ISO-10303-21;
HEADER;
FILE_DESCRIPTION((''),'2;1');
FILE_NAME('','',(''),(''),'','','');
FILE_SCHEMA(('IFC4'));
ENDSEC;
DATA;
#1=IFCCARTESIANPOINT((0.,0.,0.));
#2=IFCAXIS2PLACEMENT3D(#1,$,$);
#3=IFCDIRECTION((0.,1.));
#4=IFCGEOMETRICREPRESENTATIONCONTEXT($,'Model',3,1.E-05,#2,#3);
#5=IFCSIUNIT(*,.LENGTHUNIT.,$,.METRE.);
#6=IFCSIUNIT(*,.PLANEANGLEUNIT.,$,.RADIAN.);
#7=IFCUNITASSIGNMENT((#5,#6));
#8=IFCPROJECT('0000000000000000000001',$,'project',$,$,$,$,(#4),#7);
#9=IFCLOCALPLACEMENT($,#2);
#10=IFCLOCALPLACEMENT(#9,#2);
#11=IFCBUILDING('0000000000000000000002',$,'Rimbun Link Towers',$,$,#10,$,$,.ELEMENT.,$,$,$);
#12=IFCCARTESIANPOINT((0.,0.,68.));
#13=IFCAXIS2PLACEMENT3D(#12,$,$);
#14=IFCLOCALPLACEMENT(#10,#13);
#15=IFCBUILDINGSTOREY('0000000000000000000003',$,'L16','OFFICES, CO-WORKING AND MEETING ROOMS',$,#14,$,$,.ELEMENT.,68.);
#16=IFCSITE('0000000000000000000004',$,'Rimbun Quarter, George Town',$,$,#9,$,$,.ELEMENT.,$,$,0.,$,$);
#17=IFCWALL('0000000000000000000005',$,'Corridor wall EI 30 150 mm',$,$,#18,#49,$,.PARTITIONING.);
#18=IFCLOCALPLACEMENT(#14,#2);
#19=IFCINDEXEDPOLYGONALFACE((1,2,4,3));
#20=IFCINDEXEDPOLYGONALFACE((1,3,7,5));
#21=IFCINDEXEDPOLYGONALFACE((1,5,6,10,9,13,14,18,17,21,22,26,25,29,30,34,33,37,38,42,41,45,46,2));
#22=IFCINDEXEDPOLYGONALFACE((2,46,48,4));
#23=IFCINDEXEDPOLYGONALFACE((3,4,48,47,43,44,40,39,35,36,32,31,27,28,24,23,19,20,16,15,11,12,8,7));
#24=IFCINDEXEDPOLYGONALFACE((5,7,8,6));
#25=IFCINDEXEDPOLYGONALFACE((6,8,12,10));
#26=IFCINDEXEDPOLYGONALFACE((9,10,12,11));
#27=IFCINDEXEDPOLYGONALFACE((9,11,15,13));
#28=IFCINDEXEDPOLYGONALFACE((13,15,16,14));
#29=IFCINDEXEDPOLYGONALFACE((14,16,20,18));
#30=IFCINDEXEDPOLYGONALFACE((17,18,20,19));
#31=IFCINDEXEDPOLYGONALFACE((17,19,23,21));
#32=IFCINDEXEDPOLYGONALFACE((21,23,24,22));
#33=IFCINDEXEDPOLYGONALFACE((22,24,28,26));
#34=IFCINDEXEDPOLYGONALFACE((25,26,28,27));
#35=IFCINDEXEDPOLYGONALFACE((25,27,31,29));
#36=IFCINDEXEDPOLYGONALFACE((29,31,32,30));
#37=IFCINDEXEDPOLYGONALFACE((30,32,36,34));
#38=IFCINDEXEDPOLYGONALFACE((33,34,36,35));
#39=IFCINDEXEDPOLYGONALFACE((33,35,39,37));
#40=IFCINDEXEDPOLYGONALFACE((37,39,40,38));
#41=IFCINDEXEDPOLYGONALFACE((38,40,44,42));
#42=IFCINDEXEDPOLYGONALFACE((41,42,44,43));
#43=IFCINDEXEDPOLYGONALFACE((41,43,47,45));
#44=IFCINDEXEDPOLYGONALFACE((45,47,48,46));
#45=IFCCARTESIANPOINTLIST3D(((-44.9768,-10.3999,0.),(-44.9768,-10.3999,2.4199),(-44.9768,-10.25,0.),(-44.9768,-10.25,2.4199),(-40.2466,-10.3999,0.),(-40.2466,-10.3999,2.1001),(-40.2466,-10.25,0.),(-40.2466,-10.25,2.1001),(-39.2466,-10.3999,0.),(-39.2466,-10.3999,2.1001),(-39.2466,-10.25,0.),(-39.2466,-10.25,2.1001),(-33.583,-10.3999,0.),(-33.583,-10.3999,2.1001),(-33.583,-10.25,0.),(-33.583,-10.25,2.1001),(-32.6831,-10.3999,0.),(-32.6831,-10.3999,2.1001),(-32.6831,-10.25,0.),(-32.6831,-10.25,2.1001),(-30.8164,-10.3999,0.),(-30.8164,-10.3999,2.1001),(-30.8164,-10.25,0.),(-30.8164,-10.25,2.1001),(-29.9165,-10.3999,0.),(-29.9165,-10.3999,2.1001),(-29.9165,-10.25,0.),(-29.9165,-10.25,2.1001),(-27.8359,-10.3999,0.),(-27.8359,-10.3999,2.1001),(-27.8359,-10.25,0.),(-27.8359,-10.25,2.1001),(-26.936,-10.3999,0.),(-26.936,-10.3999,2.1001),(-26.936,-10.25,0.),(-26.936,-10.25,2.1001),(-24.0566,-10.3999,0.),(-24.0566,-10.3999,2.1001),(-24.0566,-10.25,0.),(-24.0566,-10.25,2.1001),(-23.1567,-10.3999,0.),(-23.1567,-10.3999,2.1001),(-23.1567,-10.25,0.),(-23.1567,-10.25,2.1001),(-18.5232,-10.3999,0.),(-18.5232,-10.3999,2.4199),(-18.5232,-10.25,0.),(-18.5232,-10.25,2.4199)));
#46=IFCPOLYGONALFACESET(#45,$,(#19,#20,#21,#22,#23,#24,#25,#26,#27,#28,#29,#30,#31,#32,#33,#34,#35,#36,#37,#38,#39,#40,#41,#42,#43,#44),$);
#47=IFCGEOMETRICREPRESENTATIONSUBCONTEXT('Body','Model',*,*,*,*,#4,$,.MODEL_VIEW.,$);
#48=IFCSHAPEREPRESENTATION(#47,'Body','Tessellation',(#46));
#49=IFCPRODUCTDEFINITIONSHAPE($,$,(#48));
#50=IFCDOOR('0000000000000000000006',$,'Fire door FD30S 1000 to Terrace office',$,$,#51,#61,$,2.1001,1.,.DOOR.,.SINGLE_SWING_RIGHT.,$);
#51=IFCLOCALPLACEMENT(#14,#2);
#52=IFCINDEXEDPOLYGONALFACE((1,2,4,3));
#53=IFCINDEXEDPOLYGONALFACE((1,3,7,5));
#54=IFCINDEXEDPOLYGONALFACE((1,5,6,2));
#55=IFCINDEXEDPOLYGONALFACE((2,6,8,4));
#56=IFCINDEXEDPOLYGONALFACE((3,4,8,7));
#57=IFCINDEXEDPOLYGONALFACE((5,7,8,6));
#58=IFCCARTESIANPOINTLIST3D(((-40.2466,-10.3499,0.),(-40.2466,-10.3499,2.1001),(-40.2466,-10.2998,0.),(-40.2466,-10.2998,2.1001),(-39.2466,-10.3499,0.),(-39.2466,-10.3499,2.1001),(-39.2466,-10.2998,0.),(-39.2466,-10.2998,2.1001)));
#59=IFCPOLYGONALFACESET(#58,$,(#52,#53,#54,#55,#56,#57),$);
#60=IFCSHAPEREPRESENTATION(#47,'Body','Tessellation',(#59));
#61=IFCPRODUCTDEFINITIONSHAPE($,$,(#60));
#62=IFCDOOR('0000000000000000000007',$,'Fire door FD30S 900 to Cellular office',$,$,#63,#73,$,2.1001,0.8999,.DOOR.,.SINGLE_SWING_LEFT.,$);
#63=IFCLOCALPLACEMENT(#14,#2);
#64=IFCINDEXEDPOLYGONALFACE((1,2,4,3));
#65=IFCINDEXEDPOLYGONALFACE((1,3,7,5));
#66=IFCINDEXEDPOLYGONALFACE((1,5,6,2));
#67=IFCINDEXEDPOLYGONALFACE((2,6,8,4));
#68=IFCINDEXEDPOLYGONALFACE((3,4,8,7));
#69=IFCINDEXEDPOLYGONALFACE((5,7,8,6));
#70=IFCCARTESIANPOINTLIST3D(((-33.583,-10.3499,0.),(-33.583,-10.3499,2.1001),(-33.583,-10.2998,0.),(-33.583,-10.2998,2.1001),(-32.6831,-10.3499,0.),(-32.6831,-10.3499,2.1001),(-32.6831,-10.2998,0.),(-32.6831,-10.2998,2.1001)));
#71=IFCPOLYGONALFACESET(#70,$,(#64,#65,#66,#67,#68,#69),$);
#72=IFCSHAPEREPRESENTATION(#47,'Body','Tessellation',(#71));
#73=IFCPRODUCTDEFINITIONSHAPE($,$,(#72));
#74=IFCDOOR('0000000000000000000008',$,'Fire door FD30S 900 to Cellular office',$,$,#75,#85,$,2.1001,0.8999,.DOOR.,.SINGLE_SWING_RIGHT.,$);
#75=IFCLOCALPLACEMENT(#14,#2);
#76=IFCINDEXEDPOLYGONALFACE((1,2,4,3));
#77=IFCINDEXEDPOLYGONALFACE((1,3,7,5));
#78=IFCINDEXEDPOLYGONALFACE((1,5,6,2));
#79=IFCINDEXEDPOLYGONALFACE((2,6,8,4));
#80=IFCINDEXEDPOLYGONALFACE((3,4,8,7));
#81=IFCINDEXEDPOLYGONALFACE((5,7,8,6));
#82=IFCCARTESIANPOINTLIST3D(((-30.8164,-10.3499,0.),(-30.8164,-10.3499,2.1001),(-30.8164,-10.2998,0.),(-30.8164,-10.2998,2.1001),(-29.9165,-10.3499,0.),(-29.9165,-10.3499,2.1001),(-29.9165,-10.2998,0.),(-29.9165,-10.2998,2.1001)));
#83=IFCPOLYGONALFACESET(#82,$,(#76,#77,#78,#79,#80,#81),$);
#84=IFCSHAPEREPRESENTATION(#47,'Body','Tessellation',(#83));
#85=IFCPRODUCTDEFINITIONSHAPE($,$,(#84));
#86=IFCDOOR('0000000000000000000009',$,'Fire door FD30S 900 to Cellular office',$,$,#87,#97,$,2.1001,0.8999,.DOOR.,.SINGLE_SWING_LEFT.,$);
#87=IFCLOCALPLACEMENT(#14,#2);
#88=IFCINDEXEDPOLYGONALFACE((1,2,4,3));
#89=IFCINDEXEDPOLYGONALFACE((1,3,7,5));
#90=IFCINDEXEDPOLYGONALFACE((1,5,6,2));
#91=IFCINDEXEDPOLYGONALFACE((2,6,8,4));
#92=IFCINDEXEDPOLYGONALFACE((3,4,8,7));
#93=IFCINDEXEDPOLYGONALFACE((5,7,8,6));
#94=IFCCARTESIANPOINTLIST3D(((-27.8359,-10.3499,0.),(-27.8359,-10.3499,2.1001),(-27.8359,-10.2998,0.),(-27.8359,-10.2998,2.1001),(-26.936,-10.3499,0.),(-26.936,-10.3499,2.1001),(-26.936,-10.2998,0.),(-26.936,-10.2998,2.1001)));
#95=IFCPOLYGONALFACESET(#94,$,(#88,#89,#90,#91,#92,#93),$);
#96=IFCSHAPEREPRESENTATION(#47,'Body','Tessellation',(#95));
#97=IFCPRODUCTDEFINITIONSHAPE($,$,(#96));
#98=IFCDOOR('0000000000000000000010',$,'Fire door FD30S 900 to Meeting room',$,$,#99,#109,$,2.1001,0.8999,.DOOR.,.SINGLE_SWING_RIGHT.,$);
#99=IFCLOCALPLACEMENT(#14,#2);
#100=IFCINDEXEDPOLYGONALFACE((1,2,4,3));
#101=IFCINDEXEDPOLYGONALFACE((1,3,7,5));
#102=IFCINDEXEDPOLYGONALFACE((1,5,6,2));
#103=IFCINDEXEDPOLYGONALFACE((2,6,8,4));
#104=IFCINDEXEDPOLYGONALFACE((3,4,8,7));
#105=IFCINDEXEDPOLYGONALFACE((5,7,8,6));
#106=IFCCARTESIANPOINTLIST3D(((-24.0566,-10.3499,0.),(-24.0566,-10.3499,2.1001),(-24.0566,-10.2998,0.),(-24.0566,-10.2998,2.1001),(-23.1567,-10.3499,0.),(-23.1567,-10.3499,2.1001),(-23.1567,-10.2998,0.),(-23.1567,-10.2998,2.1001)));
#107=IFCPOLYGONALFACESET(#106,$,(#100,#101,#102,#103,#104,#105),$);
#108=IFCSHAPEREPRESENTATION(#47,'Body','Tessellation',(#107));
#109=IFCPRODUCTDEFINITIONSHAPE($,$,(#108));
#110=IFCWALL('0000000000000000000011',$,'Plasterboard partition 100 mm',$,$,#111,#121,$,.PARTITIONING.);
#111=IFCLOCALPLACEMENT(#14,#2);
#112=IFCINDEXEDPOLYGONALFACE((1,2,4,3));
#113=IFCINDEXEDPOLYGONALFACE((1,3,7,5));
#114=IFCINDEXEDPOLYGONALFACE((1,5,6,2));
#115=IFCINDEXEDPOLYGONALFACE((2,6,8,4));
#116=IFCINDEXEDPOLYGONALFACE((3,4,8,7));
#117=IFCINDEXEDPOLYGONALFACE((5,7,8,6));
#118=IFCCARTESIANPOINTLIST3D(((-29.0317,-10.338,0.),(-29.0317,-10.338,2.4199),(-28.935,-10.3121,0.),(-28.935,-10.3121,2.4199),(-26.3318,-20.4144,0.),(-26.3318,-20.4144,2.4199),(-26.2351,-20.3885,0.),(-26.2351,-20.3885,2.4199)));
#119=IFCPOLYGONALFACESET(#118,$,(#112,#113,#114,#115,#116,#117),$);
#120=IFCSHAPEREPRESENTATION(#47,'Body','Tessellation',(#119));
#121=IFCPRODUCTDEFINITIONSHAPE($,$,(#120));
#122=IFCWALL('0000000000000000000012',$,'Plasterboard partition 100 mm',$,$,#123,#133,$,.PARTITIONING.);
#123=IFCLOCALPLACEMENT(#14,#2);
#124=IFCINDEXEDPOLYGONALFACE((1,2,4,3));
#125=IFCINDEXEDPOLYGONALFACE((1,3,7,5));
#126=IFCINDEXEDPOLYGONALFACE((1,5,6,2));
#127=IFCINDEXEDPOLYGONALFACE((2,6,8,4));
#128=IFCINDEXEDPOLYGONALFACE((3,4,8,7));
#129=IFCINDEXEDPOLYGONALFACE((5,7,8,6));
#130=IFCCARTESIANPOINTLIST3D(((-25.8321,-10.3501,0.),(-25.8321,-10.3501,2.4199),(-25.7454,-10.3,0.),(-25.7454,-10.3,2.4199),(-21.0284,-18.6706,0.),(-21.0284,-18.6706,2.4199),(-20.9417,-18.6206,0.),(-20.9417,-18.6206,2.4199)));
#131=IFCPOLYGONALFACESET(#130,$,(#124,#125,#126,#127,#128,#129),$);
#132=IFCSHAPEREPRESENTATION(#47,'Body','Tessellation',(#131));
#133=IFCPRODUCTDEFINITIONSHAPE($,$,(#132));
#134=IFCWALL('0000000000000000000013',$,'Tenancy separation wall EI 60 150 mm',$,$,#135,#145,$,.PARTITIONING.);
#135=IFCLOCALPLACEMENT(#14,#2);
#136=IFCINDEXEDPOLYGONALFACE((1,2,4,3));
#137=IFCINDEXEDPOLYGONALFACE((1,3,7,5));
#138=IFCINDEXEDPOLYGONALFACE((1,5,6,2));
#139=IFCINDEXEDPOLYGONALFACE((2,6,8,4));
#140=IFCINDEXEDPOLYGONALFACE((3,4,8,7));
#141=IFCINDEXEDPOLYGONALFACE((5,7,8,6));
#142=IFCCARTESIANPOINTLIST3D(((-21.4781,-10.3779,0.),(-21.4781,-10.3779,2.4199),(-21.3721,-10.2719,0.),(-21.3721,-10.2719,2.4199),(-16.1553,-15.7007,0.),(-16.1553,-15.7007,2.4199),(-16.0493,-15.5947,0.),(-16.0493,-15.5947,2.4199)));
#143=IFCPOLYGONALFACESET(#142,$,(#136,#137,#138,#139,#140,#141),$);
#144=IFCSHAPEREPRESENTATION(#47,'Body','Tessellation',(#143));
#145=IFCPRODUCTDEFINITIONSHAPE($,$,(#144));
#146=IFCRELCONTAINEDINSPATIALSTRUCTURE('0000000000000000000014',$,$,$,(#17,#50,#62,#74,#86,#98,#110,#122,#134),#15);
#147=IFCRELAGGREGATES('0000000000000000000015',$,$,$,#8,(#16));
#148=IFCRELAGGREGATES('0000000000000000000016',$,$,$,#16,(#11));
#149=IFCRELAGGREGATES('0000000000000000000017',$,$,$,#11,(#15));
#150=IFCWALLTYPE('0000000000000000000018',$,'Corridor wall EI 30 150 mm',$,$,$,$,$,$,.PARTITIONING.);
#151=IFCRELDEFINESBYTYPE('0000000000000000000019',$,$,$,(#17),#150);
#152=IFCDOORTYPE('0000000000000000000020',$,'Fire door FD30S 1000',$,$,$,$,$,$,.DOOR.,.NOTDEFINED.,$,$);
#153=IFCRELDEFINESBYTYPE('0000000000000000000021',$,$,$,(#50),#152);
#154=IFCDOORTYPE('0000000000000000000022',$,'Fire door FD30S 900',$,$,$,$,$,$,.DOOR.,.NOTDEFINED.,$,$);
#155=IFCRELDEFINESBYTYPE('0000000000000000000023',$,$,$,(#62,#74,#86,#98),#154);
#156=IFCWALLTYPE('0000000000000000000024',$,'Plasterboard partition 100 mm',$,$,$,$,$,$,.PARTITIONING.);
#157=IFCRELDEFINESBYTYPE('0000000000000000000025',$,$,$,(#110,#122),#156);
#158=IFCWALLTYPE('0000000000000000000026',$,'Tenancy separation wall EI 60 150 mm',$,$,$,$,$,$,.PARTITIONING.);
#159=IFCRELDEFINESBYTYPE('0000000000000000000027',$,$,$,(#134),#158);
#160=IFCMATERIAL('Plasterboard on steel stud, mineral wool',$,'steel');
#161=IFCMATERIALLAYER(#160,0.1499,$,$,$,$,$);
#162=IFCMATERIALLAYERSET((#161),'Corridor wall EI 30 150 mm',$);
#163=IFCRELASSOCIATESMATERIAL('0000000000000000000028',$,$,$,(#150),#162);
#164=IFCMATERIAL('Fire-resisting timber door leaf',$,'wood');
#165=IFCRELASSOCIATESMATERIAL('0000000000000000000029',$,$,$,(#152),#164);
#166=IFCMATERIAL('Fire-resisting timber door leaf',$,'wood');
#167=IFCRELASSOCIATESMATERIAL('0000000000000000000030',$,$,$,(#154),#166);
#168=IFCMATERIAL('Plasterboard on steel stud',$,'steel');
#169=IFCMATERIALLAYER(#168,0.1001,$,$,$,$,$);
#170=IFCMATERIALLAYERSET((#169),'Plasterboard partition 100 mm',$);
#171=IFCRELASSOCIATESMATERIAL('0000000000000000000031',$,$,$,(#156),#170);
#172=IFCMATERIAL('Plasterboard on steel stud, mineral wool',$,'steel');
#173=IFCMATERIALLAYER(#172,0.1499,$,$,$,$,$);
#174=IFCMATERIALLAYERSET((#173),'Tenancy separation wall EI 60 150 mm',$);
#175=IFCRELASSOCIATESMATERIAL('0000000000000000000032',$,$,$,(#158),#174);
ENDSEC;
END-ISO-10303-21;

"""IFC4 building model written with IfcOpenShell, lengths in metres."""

from ifc_helpers import new_model, si_unit, direction, frame, frame_2d, origin, place, context, subcontext, project, spatial, rectangle, extrude, material, layer, layer_set, type_object, element, fill, save


model = new_model("IFC4")

# Units and contexts
model_context = context("Model", 3, precision=1e-05, world=origin(), true_north=direction((0.0, 1.0)))
body_context = subcontext(model_context, "Body", "Model", "MODEL_VIEW")
ifc_project = project(units=[si_unit("LENGTHUNIT", "METRE"), si_unit("PLANEANGLEUNIT", "RADIAN")], contexts=[model_context])

# Site, building, storey
site_placement = place(None, origin())
site = spatial("IfcSite", under=ifc_project, at=site_placement, Name="Rimbun Quarter, George Town", CompositionType="ELEMENT", RefElevation=0.0)
building_placement = place(site_placement, origin())
building = spatial("IfcBuilding", under=site, at=building_placement, Name="Rimbun Link Towers", CompositionType="ELEMENT")
storey_placement = place(building_placement, frame((0.0, 0.0, 68.0)))
storey = spatial("IfcBuildingStorey", under=building, at=storey_placement, Name="L16", Description="OFFICES, CO-WORKING AND MEETING ROOMS", CompositionType="ELEMENT", Elevation=68.0)

# Shared definitions
ifc_material_1 = material(Name="Plasterboard on steel stud, mineral wool", Category="steel")
ifc_layer_1 = layer(ifc_material_1, 0.1499)
ifc_layer_set_1 = layer_set([ifc_layer_1], Name="Corridor wall EI 30 150 mm")
wall_type_1 = type_object("IfcWallType", Name="Corridor wall EI 30 150 mm", PredefinedType="PARTITIONING", material=ifc_layer_set_1)

# Wall, openings, doors
wall_1_placement = place(storey_placement, frame((-18.5232, -10.325, 0.0), z_axis=(0.0, 0.0, 1.0), x_axis=(-1.0, 0.0, 0.0)))
wall_1 = element("IfcWall", 1, at=wall_1_placement, inside=storey, type_object=wall_type_1, Name="Corridor wall EI 30 150 mm", PredefinedType="PARTITIONING", context=body_context, shape_type="SweptSolid", body=[
    extrude(rectangle(XDim=26.4536, YDim=0.1499, at=frame_2d((13.2268, 0.0))), origin(), (0.0, 0.0, 1.0), 2.4199),
])
opening_1_placement = place(wall_1_placement, frame((14.1599, 0.0, 0.0)))
opening_1 = element("IfcOpeningElement", 2, at=opening_1_placement, cuts=wall_1, PredefinedType="OPENING", context=body_context, shape_type="SweptSolid", body=[
    extrude(rectangle(XDim=0.8999, YDim=2.1001, at=frame_2d((0.45, 1.05))), frame((0.0, 0.085, 0.0), z_axis=(0.0, -1.0, 0.0), x_axis=(1.0, 0.0, 0.0)), (0.0, 0.0, 1.0), 0.1699),
])
opening_2_placement = place(wall_1_placement, frame((11.3933, 0.0, 0.0)))
opening_2 = element("IfcOpeningElement", 3, at=opening_2_placement, cuts=wall_1, PredefinedType="OPENING", context=body_context, shape_type="SweptSolid", body=[
    extrude(rectangle(XDim=0.8999, YDim=2.1001, at=frame_2d((0.45, 1.05))), frame((0.0, 0.085, 0.0), z_axis=(0.0, -1.0, 0.0), x_axis=(1.0, 0.0, 0.0)), (0.0, 0.0, 1.0), 0.1699),
])
opening_3_placement = place(wall_1_placement, frame((8.4128, 0.0, 0.0)))
opening_3 = element("IfcOpeningElement", 4, at=opening_3_placement, cuts=wall_1, PredefinedType="OPENING", context=body_context, shape_type="SweptSolid", body=[
    extrude(rectangle(XDim=0.8999, YDim=2.1001, at=frame_2d((0.45, 1.05))), frame((0.0, 0.085, 0.0), z_axis=(0.0, -1.0, 0.0), x_axis=(1.0, 0.0, 0.0)), (0.0, 0.0, 1.0), 0.1699),
])
opening_4_placement = place(wall_1_placement, frame((4.6335, 0.0, 0.0)))
opening_4 = element("IfcOpeningElement", 5, at=opening_4_placement, cuts=wall_1, PredefinedType="OPENING", context=body_context, shape_type="SweptSolid", body=[
    extrude(rectangle(XDim=0.8999, YDim=2.1001, at=frame_2d((0.45, 1.05))), frame((0.0, 0.085, 0.0), z_axis=(0.0, -1.0, 0.0), x_axis=(1.0, 0.0, 0.0)), (0.0, 0.0, 1.0), 0.1699),
])
opening_5_placement = place(wall_1_placement, frame((20.7234, 0.0, 0.0)))
opening_5 = element("IfcOpeningElement", 6, at=opening_5_placement, cuts=wall_1, PredefinedType="OPENING", context=body_context, shape_type="SweptSolid", body=[
    extrude(rectangle(XDim=1.0, YDim=2.1001, at=frame_2d((0.5, 1.05))), frame((0.0, 0.085, 0.0), z_axis=(0.0, -1.0, 0.0), x_axis=(1.0, 0.0, 0.0)), (0.0, 0.0, 1.0), 0.1699),
])
ifc_material_2 = material(Name="Fire-resisting timber door leaf", Category="wood")
door_type_1 = type_object("IfcDoorType", Name="Fire door FD30S 1000", OperationType="NOTDEFINED", PredefinedType="DOOR", material=ifc_material_2)
door_1_placement = place(opening_5_placement, origin())
door_1 = element("IfcDoor", 7, at=door_1_placement, inside=storey, type_object=door_type_1, Name="Fire door FD30S 1000 to Terrace office", OperationType="SINGLE_SWING_RIGHT", OverallHeight=2.1001, OverallWidth=1.0, PredefinedType="DOOR", context=body_context, shape_type="SweptSolid", body=[
    extrude(rectangle(XDim=1.0, YDim=2.1001, at=frame_2d((0.5, 1.05))), frame((0.0, 0.0249, 0.0), z_axis=(0.0, -1.0, 0.0), x_axis=(1.0, 0.0, 0.0)), (0.0, 0.0, 1.0), 0.05),
])
fill(opening_5, door_1)
ifc_material_3 = material(Name="Fire-resisting timber door leaf", Category="wood")
door_type_2 = type_object("IfcDoorType", Name="Fire door FD30S 900", OperationType="NOTDEFINED", PredefinedType="DOOR", material=ifc_material_3)
door_2_placement = place(opening_1_placement, origin())
door_2 = element("IfcDoor", 8, at=door_2_placement, inside=storey, type_object=door_type_2, Name="Fire door FD30S 900 to Cellular office", OperationType="SINGLE_SWING_LEFT", OverallHeight=2.1001, OverallWidth=0.8999, PredefinedType="DOOR", context=body_context, shape_type="SweptSolid", body=[
    extrude(rectangle(XDim=0.8999, YDim=2.1001, at=frame_2d((0.45, 1.05))), frame((0.0, 0.0249, 0.0), z_axis=(0.0, -1.0, 0.0), x_axis=(1.0, 0.0, 0.0)), (0.0, 0.0, 1.0), 0.05),
])
fill(opening_1, door_2)
door_3_placement = place(opening_2_placement, origin())
door_3 = element("IfcDoor", 9, at=door_3_placement, inside=storey, type_object=door_type_2, Name="Fire door FD30S 900 to Cellular office", OperationType="SINGLE_SWING_RIGHT", OverallHeight=2.1001, OverallWidth=0.8999, PredefinedType="DOOR", context=body_context, shape_type="SweptSolid", body=[
    extrude(rectangle(XDim=0.8999, YDim=2.1001, at=frame_2d((0.45, 1.05))), frame((0.0, 0.0249, 0.0), z_axis=(0.0, -1.0, 0.0), x_axis=(1.0, 0.0, 0.0)), (0.0, 0.0, 1.0), 0.05),
])
fill(opening_2, door_3)
door_4_placement = place(opening_3_placement, origin())
door_4 = element("IfcDoor", 10, at=door_4_placement, inside=storey, type_object=door_type_2, Name="Fire door FD30S 900 to Cellular office", OperationType="SINGLE_SWING_LEFT", OverallHeight=2.1001, OverallWidth=0.8999, PredefinedType="DOOR", context=body_context, shape_type="SweptSolid", body=[
    extrude(rectangle(XDim=0.8999, YDim=2.1001, at=frame_2d((0.45, 1.05))), frame((0.0, 0.0249, 0.0), z_axis=(0.0, -1.0, 0.0), x_axis=(1.0, 0.0, 0.0)), (0.0, 0.0, 1.0), 0.05),
])
fill(opening_3, door_4)
door_5_placement = place(opening_4_placement, origin())
door_5 = element("IfcDoor", 11, at=door_5_placement, inside=storey, type_object=door_type_2, Name="Fire door FD30S 900 to Meeting room", OperationType="SINGLE_SWING_RIGHT", OverallHeight=2.1001, OverallWidth=0.8999, PredefinedType="DOOR", context=body_context, shape_type="SweptSolid", body=[
    extrude(rectangle(XDim=0.8999, YDim=2.1001, at=frame_2d((0.45, 1.05))), frame((0.0, 0.0249, 0.0), z_axis=(0.0, -1.0, 0.0), x_axis=(1.0, 0.0, 0.0)), (0.0, 0.0, 1.0), 0.05),
])
fill(opening_4, door_5)

# Walls
ifc_material_4 = material(Name="Plasterboard on steel stud", Category="steel")
ifc_layer_2 = layer(ifc_material_4, 0.1001)
ifc_layer_set_2 = layer_set([ifc_layer_2], Name="Plasterboard partition 100 mm")
wall_type_2 = type_object("IfcWallType", Name="Plasterboard partition 100 mm", PredefinedType="PARTITIONING", material=ifc_layer_set_2)
wall_2_placement = place(storey_placement, frame((-26.2834, -20.4014, 0.0), z_axis=(0.0, 0.0, 1.0), x_axis=(-0.258818, 0.965926, 0.0)))
element("IfcWall", 12, at=wall_2_placement, inside=storey, type_object=wall_type_2, Name="Plasterboard partition 100 mm", PredefinedType="PARTITIONING", context=body_context, shape_type="SweptSolid", body=[
    extrude(rectangle(XDim=10.4319, YDim=0.1001, at=frame_2d((5.2158, 0.0))), origin(), (0.0, 0.0, 1.0), 2.4199),
])
wall_3_placement = place(storey_placement, frame((-20.9851, -18.6455, 0.0), z_axis=(0.0, 0.0, 1.0), x_axis=(-0.499987, 0.866033, 0.0)))
element("IfcWall", 13, at=wall_3_placement, inside=storey, type_object=wall_type_2, Name="Plasterboard partition 100 mm", PredefinedType="PARTITIONING", context=body_context, shape_type="SweptSolid", body=[
    extrude(rectangle(XDim=9.6077, YDim=0.1001, at=frame_2d((4.8037, 0.0))), origin(), (0.0, 0.0, 1.0), 2.4199),
])
ifc_material_5 = material(Name="Plasterboard on steel stud, mineral wool", Category="steel")
ifc_layer_3 = layer(ifc_material_5, 0.1499)
ifc_layer_set_3 = layer_set([ifc_layer_3], Name="Tenancy separation wall EI 60 150 mm")
wall_type_3 = type_object("IfcWallType", Name="Tenancy separation wall EI 60 150 mm", PredefinedType="PARTITIONING", material=ifc_layer_set_3)
wall_4_placement = place(storey_placement, frame((-21.425, -10.325, 0.0), z_axis=(0.0, 0.0, 1.0), x_axis=(0.707107, -0.707107, 0.0)))
element("IfcWall", 14, at=wall_4_placement, inside=storey, type_object=wall_type_3, Name="Tenancy separation wall EI 60 150 mm", PredefinedType="PARTITIONING", context=body_context, shape_type="SweptSolid", body=[
    extrude(rectangle(XDim=7.5276, YDim=0.1499, at=frame_2d((3.7637, 0.0))), origin(), (0.0, 0.0, 1.0), 2.4199),
])

save(model, "model.ifc")
